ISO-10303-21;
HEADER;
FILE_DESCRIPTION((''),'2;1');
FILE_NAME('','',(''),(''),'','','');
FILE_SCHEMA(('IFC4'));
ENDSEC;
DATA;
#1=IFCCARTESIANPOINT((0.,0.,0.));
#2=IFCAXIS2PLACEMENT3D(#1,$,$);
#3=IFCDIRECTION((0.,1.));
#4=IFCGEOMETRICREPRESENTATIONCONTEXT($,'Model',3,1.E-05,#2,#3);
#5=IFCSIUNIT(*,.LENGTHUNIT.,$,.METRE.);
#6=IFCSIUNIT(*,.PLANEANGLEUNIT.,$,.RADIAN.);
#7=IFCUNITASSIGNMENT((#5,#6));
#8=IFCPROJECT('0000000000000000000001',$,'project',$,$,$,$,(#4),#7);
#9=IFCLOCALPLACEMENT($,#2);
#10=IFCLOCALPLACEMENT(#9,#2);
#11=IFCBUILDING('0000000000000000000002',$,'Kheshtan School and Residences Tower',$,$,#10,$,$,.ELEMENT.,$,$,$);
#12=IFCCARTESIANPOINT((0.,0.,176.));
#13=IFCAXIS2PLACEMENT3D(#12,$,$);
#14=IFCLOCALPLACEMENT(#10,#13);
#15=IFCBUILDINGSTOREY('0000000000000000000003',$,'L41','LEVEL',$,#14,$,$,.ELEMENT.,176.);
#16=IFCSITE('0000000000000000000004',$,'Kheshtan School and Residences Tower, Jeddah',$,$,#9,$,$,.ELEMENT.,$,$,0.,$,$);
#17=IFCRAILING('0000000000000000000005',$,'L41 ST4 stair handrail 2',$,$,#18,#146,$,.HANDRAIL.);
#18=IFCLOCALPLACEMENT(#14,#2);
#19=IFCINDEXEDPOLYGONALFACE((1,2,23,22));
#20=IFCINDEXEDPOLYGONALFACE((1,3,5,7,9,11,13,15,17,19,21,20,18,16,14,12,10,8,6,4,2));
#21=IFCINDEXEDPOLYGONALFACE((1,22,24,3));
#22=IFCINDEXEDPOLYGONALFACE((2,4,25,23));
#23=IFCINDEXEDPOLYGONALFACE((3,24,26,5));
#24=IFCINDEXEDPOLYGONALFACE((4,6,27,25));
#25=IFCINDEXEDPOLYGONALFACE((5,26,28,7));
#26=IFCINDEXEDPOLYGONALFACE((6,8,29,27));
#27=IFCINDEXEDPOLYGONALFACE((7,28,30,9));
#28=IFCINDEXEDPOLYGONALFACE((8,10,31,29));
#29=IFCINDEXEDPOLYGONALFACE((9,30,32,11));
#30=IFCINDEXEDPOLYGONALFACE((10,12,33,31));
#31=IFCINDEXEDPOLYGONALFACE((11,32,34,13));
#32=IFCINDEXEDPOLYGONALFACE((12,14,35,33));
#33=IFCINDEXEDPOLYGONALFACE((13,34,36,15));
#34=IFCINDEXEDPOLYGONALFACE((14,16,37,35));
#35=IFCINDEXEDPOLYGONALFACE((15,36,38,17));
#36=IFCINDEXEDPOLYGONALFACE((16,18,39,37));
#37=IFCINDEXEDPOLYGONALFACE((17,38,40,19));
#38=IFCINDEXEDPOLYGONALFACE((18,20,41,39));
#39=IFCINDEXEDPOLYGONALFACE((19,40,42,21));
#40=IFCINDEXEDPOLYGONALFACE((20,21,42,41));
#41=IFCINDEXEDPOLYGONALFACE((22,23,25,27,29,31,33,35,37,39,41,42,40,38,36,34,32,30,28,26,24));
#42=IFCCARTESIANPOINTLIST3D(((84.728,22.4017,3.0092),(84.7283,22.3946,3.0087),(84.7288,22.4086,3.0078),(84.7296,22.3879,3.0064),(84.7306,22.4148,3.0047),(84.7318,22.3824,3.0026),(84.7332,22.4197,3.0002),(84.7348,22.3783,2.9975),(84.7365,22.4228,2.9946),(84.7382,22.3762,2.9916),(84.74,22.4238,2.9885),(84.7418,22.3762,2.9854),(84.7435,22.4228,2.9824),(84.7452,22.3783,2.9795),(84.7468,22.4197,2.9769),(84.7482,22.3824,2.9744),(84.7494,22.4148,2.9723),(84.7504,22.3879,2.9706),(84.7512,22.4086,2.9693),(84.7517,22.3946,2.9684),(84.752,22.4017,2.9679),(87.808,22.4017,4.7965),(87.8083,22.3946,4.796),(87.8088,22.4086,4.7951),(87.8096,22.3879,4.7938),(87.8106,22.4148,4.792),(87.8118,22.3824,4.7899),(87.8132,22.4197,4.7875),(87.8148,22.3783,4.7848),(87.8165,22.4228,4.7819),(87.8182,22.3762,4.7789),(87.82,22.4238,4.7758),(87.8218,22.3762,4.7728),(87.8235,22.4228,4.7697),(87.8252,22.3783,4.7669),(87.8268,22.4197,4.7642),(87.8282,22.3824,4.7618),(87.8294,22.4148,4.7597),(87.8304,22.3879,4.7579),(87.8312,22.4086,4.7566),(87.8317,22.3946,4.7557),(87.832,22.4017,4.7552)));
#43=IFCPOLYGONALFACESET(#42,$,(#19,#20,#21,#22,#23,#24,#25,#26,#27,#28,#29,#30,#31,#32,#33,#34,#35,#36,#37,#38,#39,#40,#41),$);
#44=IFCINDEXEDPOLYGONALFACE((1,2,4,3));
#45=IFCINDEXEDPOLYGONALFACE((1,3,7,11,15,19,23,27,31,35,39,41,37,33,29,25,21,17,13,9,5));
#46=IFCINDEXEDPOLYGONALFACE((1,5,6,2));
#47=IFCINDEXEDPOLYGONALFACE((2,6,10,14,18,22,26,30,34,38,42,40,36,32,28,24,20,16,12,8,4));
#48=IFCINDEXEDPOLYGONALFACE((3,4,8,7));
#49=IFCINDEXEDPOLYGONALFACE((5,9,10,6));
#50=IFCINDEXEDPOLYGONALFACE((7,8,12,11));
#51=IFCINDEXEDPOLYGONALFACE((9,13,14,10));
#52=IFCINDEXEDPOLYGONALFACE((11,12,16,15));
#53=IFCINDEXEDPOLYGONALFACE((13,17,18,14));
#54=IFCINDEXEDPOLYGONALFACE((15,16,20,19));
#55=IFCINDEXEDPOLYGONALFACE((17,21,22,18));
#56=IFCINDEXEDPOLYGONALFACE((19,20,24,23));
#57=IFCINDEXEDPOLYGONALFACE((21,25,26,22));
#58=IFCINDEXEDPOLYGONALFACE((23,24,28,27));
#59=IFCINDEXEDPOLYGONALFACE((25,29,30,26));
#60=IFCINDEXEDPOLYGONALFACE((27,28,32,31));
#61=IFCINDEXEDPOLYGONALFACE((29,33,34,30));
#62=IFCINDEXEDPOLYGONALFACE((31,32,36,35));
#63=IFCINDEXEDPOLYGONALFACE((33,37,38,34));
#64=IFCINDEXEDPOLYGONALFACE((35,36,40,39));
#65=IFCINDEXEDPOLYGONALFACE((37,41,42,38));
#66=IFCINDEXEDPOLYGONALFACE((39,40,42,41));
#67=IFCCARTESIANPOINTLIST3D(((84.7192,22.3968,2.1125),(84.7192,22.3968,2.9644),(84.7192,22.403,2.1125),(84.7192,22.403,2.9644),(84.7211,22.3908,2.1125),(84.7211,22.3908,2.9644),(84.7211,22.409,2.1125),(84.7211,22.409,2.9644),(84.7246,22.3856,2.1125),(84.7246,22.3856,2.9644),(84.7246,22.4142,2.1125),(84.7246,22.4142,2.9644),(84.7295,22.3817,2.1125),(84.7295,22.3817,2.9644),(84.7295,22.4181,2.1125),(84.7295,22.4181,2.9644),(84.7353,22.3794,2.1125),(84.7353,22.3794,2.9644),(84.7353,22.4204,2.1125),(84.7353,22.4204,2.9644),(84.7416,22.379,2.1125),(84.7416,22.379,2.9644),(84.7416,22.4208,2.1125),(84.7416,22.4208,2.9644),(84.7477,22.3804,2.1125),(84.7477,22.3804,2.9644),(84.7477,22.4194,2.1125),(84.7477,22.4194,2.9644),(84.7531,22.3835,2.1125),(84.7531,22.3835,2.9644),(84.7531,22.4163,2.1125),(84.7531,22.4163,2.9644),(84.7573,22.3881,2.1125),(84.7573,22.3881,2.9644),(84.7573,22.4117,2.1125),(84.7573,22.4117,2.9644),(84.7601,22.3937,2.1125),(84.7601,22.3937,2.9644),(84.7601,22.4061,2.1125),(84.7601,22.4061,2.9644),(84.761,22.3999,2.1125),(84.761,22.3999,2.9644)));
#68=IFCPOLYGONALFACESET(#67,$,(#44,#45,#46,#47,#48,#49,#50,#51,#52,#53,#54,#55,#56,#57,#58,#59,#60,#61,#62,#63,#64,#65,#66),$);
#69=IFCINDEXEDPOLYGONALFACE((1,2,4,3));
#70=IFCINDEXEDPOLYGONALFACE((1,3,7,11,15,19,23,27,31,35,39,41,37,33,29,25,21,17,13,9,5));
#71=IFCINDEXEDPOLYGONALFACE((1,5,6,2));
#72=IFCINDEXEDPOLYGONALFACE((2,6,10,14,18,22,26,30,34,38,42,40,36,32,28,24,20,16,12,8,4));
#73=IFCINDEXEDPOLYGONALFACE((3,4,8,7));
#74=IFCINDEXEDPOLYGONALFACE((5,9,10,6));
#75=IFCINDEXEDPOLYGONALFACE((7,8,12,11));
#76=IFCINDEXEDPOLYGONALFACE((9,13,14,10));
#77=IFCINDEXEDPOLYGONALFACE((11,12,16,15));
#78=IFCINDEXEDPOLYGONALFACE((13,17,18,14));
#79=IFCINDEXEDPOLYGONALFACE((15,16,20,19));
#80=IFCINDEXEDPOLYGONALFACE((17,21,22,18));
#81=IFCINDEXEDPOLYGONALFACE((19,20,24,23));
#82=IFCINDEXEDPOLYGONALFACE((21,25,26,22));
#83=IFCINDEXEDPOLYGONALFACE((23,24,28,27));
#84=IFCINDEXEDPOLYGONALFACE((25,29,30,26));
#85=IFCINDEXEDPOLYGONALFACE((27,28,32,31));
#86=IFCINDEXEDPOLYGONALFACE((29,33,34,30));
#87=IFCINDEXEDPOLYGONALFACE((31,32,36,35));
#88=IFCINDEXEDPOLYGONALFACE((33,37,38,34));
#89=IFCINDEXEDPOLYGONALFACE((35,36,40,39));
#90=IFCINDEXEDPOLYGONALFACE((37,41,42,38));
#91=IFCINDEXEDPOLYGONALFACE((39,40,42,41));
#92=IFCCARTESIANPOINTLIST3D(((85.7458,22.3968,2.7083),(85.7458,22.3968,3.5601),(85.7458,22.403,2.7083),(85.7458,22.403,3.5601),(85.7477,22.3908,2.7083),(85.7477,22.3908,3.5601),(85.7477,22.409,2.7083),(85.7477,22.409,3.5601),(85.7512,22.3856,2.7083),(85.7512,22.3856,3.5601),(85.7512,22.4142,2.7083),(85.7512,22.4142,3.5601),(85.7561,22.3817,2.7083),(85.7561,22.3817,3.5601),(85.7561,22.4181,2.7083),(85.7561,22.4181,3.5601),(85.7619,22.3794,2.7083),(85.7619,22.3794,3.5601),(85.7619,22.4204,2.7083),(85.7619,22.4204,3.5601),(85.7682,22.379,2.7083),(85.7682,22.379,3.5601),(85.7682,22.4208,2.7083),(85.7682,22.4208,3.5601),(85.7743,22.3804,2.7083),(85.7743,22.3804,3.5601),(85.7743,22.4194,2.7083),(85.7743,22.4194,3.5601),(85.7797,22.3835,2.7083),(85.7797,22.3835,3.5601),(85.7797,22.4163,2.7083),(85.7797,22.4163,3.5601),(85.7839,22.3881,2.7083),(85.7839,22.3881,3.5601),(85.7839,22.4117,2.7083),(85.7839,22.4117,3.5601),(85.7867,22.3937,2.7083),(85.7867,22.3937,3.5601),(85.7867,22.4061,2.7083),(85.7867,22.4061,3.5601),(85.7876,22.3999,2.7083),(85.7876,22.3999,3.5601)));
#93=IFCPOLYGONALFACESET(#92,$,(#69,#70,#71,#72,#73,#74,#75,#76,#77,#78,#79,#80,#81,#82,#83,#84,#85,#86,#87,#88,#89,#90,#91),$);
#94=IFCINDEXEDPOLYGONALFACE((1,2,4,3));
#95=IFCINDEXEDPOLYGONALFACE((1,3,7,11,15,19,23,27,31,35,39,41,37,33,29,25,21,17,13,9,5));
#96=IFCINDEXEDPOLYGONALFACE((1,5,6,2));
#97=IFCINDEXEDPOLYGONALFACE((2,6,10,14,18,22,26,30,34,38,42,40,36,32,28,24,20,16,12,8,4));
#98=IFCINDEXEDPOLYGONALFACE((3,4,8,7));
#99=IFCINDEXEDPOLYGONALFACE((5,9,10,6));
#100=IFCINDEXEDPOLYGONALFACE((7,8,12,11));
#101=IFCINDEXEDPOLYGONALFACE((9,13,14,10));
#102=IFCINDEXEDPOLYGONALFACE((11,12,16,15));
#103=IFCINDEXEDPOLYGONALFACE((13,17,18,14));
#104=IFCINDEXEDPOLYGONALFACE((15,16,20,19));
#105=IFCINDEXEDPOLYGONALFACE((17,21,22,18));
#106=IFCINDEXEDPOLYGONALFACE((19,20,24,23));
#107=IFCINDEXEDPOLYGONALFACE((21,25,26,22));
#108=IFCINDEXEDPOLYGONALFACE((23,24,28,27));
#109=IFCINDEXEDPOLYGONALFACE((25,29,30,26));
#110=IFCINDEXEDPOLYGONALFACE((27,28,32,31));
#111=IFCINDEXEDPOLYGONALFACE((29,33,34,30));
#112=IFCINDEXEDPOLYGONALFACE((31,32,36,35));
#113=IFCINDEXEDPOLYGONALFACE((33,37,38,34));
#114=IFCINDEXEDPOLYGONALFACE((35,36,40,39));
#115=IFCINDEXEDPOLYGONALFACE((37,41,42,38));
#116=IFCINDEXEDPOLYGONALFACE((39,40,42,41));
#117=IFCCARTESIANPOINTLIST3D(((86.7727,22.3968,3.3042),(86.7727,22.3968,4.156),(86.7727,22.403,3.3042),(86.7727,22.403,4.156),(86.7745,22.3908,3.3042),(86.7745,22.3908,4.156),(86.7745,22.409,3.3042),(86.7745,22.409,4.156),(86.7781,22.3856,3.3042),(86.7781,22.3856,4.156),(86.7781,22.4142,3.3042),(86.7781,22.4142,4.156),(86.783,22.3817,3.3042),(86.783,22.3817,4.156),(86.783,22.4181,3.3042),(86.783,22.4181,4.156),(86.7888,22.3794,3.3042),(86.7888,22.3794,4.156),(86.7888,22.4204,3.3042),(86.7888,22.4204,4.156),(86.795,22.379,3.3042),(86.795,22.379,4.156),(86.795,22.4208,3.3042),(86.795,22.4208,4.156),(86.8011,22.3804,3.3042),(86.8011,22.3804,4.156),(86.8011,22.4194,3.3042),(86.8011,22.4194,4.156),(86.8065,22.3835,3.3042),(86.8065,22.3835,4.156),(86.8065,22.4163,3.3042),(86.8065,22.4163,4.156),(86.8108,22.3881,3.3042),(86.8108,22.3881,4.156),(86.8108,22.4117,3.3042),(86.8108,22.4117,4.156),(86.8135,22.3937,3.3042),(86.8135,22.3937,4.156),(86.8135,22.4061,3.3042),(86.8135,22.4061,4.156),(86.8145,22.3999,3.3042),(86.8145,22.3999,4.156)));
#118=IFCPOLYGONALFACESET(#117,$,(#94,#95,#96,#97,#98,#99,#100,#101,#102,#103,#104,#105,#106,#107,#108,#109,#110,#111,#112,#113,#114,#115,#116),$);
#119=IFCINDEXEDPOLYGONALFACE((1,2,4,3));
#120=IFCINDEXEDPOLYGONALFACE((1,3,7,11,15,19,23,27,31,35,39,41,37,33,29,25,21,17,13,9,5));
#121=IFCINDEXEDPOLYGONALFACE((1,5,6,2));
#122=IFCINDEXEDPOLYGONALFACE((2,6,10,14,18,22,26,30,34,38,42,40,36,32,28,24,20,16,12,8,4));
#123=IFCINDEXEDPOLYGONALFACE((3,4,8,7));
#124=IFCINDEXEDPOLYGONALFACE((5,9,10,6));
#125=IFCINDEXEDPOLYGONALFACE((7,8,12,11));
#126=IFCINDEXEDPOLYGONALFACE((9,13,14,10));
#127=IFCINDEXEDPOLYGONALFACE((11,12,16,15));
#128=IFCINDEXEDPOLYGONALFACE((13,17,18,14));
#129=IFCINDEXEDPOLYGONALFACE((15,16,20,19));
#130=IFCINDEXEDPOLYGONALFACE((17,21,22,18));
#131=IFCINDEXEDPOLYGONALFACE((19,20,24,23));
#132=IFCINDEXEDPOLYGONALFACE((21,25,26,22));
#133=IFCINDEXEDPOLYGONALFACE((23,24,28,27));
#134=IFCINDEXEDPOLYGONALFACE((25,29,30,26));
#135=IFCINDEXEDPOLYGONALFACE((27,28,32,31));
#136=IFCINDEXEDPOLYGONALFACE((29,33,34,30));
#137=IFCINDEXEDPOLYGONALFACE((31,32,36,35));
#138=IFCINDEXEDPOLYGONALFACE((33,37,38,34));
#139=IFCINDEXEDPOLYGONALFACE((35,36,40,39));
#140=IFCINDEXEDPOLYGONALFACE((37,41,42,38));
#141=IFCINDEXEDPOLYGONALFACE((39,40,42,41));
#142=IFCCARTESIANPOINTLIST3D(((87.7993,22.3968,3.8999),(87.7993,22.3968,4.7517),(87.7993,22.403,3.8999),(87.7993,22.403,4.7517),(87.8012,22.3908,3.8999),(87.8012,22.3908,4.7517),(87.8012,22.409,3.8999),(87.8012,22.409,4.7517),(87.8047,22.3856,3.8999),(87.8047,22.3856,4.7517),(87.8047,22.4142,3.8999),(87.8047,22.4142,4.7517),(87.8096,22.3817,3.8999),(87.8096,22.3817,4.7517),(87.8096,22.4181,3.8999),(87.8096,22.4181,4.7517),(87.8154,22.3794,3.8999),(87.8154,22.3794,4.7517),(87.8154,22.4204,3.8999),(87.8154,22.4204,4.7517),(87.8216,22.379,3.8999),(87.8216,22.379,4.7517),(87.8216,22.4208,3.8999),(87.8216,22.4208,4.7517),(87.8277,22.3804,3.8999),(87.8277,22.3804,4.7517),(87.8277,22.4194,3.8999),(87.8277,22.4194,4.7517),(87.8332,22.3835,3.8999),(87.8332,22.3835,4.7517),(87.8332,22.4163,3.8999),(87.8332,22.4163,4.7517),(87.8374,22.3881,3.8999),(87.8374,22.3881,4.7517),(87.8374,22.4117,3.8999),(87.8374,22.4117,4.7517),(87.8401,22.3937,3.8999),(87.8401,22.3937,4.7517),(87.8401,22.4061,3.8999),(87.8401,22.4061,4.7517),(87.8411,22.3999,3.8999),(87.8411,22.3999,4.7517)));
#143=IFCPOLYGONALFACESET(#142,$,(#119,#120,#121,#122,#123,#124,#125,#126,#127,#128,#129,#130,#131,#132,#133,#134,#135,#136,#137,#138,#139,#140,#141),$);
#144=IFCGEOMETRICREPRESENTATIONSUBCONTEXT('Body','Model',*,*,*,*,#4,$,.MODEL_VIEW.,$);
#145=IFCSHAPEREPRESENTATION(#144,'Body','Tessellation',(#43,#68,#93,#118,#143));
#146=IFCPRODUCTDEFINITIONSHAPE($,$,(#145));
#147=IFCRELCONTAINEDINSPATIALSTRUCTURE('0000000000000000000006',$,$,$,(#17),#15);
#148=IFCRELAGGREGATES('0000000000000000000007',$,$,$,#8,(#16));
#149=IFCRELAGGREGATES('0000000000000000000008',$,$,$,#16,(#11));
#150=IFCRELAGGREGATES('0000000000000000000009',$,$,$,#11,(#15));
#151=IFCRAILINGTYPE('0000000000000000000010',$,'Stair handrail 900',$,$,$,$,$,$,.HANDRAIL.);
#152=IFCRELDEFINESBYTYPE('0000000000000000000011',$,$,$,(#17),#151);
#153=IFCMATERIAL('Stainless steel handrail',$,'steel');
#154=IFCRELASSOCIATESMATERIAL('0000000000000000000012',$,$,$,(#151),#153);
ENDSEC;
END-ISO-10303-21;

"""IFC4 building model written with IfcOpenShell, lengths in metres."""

from ifc_helpers import new_model, si_unit, direction, frame, origin, origin_2d, place, context, subcontext, project, spatial, circle, extrude, material, type_object, element, save


model = new_model("IFC4")

# Units and contexts
model_context = context("Model", 3, precision=1e-05, world=origin(), true_north=direction((0.0, 1.0)))
body_context = subcontext(model_context, "Body", "Model", "MODEL_VIEW")
ifc_project = project(units=[si_unit("LENGTHUNIT", "METRE"), si_unit("PLANEANGLEUNIT", "RADIAN")], contexts=[model_context])

# Site, building, storey
site_placement = place(None, origin())
site = spatial("IfcSite", under=ifc_project, at=site_placement, Name="Kheshtan School and Residences Tower, Jeddah", CompositionType="ELEMENT", RefElevation=0.0)
building_placement = place(site_placement, origin())
building = spatial("IfcBuilding", under=site, at=building_placement, Name="Kheshtan School and Residences Tower", CompositionType="ELEMENT")
storey_placement = place(building_placement, frame((0.0, 0.0, 176.0)))
storey = spatial("IfcBuildingStorey", under=building, at=storey_placement, Name="L41", Description="LEVEL", CompositionType="ELEMENT", Elevation=176.0)

# Railing
ifc_material_1 = material(Name="Stainless steel handrail", Category="steel")
railing_type_1 = type_object("IfcRailingType", Name="Stair handrail 900", PredefinedType="HANDRAIL", material=ifc_material_1)
railing_1_placement = place(storey_placement, frame((84.74, 22.3999, 2.1125)))
element("IfcRailing", 1, at=railing_1_placement, inside=storey, type_object=railing_type_1, Name="L41 ST4 stair handrail 2", PredefinedType="HANDRAIL", context=body_context, shape_type="SweptSolid", body=[
    extrude(circle(Radius=0.0239, at=origin_2d()), frame((0.0, 0.0, 0.876), z_axis=(0.86492, 0.0, 0.501909), x_axis=(0.0, 1.0, 0.0)), (0.0, 0.0, 1.0), 3.561),
    extrude(circle(Radius=0.021, at=origin_2d()), origin(), (0.0, 0.0, 1.0), 0.8518),
    extrude(circle(Radius=0.021, at=origin_2d()), frame((1.0266, 0.0, 0.5957)), (0.0, 0.0, 1.0), 0.8518),
    extrude(circle(Radius=0.021, at=origin_2d()), frame((2.0535, 0.0, 1.1917)), (0.0, 0.0, 1.0), 0.8518),
    extrude(circle(Radius=0.021, at=origin_2d()), frame((3.0801, 0.0, 1.7874)), (0.0, 0.0, 1.0), 0.8518),
])

save(model, "model.ifc")
